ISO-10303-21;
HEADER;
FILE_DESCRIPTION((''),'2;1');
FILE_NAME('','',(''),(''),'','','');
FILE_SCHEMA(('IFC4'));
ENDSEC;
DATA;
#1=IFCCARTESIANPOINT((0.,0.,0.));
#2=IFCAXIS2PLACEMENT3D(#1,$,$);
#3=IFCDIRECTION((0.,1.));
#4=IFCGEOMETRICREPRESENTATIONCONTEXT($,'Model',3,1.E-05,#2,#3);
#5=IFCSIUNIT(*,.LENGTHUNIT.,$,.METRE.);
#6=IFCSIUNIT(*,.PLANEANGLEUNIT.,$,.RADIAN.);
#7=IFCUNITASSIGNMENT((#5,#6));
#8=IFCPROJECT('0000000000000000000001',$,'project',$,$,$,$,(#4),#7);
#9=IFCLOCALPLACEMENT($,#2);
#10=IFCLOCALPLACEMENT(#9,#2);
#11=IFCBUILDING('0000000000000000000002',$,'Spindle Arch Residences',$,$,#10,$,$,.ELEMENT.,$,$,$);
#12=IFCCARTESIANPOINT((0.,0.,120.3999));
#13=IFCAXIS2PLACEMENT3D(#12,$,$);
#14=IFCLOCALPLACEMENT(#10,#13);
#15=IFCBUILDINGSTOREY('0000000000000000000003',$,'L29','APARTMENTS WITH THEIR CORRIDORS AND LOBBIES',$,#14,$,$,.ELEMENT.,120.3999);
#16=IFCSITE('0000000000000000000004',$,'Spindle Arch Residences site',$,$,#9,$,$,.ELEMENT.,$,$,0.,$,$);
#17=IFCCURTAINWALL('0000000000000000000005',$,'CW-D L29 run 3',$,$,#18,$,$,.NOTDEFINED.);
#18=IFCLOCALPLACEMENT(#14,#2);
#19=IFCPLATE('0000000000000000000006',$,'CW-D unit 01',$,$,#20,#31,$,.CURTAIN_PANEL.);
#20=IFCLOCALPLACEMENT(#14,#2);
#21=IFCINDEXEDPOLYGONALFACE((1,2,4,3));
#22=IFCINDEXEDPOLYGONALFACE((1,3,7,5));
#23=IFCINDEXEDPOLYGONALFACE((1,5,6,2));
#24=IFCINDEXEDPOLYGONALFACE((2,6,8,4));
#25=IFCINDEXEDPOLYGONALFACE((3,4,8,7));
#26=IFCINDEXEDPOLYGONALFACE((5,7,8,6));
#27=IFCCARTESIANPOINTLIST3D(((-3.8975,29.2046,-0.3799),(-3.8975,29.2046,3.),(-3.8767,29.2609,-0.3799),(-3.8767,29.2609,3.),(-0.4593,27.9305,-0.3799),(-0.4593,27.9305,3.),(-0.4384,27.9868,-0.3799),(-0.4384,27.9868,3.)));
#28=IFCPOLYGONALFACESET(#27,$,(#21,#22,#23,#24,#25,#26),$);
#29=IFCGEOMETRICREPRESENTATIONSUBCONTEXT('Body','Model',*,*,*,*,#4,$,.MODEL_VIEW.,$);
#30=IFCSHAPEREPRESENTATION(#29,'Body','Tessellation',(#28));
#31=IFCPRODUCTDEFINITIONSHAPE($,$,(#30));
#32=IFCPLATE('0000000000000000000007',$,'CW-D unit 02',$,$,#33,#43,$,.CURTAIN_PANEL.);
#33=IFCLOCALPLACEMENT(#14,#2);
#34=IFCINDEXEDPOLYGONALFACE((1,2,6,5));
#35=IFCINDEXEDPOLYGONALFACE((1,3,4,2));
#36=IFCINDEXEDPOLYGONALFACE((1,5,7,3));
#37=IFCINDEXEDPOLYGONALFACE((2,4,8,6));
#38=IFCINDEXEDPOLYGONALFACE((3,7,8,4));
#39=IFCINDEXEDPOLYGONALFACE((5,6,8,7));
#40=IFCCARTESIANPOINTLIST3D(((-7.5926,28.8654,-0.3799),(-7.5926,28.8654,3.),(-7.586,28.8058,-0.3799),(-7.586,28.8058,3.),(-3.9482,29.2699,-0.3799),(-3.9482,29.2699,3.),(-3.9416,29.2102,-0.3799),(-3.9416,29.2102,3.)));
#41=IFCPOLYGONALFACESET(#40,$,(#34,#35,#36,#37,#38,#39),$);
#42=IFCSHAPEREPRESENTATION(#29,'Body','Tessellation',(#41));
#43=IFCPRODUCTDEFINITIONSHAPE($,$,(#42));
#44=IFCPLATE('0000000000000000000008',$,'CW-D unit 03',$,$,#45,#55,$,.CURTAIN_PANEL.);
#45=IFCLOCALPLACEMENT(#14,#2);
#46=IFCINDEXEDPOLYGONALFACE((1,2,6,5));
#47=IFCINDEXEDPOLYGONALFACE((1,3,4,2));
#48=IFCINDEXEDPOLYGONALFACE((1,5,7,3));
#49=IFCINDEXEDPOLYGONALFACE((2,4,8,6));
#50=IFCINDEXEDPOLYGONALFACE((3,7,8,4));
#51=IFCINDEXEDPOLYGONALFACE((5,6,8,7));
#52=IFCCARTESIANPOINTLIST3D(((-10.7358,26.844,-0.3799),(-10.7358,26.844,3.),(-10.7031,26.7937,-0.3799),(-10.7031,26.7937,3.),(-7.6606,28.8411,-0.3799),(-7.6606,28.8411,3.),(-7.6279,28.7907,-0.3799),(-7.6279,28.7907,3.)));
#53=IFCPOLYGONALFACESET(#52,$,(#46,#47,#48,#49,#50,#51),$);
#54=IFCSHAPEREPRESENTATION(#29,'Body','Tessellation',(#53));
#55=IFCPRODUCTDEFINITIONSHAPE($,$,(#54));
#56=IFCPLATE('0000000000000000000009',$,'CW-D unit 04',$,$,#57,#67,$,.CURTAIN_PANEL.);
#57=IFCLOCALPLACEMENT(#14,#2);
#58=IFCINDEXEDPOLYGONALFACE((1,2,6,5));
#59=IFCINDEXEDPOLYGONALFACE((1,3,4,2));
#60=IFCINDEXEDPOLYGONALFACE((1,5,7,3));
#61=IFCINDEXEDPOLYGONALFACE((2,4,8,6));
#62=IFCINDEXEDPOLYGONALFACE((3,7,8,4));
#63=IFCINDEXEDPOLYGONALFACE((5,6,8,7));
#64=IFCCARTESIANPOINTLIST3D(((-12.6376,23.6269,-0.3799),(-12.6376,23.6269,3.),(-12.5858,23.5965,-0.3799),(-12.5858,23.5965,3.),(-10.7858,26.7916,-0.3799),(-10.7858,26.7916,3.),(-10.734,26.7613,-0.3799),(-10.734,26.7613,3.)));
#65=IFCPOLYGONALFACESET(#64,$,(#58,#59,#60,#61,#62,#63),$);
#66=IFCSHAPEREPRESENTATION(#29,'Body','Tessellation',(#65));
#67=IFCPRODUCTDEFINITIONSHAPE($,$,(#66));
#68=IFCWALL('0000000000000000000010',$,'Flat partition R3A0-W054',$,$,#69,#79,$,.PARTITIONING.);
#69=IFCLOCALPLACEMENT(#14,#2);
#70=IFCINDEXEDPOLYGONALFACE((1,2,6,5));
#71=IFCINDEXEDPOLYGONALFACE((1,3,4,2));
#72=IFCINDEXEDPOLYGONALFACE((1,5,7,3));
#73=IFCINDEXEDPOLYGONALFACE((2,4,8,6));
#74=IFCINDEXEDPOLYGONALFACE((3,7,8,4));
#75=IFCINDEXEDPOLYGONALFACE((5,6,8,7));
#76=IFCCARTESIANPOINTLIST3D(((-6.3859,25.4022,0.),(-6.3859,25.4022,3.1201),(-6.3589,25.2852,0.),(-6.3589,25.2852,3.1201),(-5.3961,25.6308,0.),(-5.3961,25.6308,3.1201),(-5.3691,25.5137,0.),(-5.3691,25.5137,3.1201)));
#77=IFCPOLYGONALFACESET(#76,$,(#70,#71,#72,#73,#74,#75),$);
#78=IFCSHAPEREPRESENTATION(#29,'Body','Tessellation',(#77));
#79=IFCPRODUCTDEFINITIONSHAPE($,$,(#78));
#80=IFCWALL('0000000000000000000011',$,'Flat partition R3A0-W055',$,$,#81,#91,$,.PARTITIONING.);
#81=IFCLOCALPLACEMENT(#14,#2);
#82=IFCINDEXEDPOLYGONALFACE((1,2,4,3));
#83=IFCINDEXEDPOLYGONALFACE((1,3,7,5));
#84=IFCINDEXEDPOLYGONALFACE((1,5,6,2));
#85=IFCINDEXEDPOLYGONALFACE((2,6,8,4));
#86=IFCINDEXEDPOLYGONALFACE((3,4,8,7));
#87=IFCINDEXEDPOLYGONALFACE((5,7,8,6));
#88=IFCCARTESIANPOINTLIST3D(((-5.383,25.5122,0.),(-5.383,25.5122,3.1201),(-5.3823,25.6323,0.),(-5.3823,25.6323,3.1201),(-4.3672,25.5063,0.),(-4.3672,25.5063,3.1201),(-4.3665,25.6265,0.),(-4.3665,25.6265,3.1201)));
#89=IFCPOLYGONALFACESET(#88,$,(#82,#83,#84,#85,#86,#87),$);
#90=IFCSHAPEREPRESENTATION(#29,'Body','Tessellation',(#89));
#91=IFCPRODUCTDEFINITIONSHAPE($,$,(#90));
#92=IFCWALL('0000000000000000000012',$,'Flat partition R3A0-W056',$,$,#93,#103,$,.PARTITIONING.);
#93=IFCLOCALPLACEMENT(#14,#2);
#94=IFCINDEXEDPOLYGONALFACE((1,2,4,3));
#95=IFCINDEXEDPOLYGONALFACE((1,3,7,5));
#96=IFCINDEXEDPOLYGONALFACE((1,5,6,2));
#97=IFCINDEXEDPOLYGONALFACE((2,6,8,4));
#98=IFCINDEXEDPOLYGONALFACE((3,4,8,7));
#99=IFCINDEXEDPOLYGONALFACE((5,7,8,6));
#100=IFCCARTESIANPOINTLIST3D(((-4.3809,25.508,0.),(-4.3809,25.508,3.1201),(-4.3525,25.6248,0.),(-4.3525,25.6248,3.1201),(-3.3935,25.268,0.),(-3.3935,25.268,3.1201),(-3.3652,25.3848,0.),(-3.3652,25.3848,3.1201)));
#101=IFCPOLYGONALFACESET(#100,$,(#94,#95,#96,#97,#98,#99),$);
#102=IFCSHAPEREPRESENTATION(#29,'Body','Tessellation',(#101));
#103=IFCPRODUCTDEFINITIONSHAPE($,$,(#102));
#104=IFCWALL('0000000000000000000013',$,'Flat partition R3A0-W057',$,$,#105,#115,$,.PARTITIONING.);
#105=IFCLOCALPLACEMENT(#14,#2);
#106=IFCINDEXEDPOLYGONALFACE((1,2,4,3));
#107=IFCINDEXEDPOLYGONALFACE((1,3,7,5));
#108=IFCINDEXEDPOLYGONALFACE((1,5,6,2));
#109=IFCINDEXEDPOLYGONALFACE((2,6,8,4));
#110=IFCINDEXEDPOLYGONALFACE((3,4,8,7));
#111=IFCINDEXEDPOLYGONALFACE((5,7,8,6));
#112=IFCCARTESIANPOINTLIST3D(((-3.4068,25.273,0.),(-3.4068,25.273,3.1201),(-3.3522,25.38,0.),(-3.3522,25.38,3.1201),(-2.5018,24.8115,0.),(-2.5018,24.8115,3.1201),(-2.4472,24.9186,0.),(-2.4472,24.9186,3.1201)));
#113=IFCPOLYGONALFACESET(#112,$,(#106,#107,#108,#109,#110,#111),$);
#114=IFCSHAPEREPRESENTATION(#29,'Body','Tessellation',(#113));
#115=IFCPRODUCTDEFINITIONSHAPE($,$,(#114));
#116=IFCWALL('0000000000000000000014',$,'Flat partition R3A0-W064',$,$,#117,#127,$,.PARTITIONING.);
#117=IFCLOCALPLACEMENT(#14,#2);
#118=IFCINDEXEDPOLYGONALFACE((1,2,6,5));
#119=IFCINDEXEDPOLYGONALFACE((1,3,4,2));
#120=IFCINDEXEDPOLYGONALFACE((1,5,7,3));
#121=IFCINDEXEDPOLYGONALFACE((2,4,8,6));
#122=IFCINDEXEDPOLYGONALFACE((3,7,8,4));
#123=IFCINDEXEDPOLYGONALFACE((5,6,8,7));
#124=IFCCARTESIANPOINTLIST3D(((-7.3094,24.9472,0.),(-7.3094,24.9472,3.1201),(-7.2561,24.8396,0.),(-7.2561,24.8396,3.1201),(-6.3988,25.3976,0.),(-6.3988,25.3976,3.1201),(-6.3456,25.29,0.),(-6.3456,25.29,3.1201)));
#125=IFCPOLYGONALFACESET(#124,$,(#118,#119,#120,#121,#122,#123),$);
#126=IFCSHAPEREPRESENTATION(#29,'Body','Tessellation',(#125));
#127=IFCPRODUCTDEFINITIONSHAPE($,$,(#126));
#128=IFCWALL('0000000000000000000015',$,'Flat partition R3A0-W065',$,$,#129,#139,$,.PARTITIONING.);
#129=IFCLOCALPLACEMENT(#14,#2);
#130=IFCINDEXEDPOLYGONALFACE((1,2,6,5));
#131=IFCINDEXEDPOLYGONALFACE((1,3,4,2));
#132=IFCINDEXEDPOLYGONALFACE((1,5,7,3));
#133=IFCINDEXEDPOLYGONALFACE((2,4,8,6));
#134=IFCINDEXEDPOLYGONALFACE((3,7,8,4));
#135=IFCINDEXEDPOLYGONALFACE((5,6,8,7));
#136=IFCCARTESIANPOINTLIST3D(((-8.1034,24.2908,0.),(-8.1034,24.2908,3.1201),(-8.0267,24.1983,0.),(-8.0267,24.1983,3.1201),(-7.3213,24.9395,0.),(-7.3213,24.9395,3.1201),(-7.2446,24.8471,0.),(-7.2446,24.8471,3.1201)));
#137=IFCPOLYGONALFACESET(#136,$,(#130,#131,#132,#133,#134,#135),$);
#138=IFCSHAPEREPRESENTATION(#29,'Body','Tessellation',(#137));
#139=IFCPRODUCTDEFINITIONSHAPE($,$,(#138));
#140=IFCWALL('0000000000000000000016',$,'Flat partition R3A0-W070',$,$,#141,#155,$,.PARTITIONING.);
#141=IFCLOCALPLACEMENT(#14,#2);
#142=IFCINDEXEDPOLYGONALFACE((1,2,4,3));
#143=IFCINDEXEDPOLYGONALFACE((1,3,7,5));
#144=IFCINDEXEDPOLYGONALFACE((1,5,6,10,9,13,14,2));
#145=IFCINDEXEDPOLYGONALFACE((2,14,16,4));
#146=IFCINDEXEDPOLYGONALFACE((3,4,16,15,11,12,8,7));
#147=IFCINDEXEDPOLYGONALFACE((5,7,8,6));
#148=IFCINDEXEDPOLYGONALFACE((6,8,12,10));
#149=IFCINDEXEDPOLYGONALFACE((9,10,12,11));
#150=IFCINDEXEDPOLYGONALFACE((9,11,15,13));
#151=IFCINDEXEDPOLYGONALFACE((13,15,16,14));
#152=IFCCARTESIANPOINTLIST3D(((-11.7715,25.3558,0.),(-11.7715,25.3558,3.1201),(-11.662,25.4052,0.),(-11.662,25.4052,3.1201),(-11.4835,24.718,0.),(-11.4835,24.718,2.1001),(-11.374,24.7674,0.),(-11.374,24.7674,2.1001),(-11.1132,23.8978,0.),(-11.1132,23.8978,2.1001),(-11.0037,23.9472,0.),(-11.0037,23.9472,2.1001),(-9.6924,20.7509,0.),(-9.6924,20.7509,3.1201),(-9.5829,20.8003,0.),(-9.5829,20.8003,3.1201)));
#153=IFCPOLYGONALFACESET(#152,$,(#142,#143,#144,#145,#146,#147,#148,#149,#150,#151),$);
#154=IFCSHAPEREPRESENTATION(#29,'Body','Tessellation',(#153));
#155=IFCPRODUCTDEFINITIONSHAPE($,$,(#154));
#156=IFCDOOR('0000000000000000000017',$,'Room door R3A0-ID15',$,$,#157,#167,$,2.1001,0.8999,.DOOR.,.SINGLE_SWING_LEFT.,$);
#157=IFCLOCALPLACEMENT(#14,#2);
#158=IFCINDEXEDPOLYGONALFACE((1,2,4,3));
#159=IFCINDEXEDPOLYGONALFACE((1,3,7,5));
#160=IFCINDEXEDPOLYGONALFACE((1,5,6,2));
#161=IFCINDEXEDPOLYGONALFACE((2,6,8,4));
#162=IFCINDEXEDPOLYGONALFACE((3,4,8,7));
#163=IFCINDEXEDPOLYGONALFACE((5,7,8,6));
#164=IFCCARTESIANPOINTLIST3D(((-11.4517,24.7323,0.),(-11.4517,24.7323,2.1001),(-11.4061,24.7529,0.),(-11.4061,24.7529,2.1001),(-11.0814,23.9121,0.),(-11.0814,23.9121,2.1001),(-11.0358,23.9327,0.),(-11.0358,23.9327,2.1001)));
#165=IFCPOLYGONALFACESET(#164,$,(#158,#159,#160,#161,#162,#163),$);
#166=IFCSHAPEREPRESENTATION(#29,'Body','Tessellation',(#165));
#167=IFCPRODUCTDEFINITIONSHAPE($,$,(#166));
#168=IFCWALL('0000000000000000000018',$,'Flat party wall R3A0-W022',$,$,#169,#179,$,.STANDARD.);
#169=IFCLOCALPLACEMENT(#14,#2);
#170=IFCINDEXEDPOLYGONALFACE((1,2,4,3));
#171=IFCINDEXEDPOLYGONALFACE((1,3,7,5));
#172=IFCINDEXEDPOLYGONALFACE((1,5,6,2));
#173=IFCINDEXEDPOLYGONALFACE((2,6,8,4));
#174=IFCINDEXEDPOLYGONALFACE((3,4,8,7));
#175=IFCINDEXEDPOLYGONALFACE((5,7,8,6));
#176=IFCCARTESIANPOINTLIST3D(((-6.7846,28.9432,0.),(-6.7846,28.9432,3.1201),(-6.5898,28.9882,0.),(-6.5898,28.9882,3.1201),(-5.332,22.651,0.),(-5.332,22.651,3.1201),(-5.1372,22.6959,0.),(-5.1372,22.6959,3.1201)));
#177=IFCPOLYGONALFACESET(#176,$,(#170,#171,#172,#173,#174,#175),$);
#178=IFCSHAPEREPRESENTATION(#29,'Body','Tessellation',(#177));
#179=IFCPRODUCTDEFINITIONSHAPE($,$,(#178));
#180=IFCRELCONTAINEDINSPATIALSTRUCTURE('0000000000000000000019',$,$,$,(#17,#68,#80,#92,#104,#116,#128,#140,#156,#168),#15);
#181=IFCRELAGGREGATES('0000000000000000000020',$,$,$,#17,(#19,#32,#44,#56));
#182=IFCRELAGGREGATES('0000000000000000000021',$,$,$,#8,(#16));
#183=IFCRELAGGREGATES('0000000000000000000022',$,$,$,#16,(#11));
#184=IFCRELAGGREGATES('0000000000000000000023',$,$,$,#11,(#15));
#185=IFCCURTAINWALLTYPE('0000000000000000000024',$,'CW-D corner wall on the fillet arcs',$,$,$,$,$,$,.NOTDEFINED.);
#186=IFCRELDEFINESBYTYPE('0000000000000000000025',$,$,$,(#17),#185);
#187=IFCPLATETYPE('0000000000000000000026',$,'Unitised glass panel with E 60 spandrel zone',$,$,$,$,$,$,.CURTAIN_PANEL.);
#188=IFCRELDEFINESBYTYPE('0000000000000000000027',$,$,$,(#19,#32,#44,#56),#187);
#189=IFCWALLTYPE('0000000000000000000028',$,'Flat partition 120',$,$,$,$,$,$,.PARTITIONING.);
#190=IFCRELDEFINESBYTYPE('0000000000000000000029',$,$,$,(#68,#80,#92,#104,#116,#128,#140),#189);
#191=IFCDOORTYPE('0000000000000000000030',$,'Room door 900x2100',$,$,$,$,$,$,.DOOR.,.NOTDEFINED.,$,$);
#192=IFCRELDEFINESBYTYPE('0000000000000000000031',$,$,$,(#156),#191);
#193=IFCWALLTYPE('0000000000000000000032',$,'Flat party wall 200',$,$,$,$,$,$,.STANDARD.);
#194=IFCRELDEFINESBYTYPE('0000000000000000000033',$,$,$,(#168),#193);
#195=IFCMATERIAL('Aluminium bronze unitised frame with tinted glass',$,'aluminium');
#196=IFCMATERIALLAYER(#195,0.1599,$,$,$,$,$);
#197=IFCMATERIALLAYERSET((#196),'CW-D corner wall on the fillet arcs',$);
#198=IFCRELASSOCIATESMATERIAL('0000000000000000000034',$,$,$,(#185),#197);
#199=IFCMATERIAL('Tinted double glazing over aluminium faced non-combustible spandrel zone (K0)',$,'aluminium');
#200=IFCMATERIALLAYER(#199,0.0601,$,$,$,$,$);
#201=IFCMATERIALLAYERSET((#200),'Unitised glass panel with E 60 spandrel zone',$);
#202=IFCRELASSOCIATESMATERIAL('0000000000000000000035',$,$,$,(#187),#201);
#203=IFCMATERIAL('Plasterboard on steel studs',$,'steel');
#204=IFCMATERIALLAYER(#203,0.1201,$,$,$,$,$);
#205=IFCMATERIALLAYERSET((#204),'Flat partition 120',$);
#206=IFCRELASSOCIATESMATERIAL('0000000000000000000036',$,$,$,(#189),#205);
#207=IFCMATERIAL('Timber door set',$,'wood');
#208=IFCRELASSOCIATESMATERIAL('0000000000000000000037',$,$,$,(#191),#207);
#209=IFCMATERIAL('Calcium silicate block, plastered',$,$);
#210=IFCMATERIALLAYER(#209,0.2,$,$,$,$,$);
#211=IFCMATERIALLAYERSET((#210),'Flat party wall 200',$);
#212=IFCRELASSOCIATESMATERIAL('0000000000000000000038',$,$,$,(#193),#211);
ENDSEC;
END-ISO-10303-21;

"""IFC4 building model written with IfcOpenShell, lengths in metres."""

from ifc_helpers import new_model, si_unit, direction, frame, frame_2d, origin, origin_2d, place, context, subcontext, project, spatial, rectangle, extrude, material, layer, layer_set, type_object, element, fill, aggregate, save


model = new_model("IFC4")

# Units and contexts
model_context = context("Model", 3, precision=1e-05, world=origin(), true_north=direction((0.0, 1.0)))
body_context = subcontext(model_context, "Body", "Model", "MODEL_VIEW")
ifc_project = project(units=[si_unit("LENGTHUNIT", "METRE"), si_unit("PLANEANGLEUNIT", "RADIAN")], contexts=[model_context])

# Site, building, storey
site_placement = place(None, origin())
site = spatial("IfcSite", under=ifc_project, at=site_placement, Name="Spindle Arch Residences site", CompositionType="ELEMENT", RefElevation=0.0)
building_placement = place(site_placement, origin())
building = spatial("IfcBuilding", under=site, at=building_placement, Name="Spindle Arch Residences", CompositionType="ELEMENT")
storey_placement = place(building_placement, frame((0.0, 0.0, 120.3999)))
storey = spatial("IfcBuildingStorey", under=building, at=storey_placement, Name="L29", Description="APARTMENTS WITH THEIR CORRIDORS AND LOBBIES", CompositionType="ELEMENT", Elevation=120.3999)

# Curtain wall
ifc_material_1 = material(Name="Aluminium bronze unitised frame with tinted glass", Category="aluminium")
ifc_layer_1 = layer(ifc_material_1, 0.1599)
ifc_layer_set_1 = layer_set([ifc_layer_1], Name="CW-D corner wall on the fillet arcs")
curtain_wall_type = type_object("IfcCurtainWallType", Name="CW-D corner wall on the fillet arcs", PredefinedType="NOTDEFINED", material=ifc_layer_set_1)
curtain_wall_placement = place(storey_placement, origin())
curtain_wall = element("IfcCurtainWall", 1, at=curtain_wall_placement, inside=storey, type_object=curtain_wall_type, Name="CW-D L29 run 3", PredefinedType="NOTDEFINED")

# Plates
ifc_material_2 = material(Name="Tinted double glazing over aluminium faced non-combustible spandrel zone (K0)", Category="aluminium")
ifc_layer_2 = layer(ifc_material_2, 0.0601)
ifc_layer_set_2 = layer_set([ifc_layer_2], Name="Unitised glass panel with E 60 spandrel zone")
plate_type = type_object("IfcPlateType", Name="Unitised glass panel with E 60 spandrel zone", PredefinedType="CURTAIN_PANEL", material=ifc_layer_set_2)
plate_1_placement = place(storey_placement, frame((-2.168, 28.5957, -0.3799), z_axis=(0.0, 0.0, 1.0), x_axis=(-0.937687, 0.347481, 0.0)))
plate_1 = element("IfcPlate", 2, at=plate_1_placement, type_object=plate_type, Name="CW-D unit 01", PredefinedType="CURTAIN_PANEL", context=body_context, shape_type="SweptSolid", body=[
    extrude(rectangle(XDim=3.6667, YDim=0.0601, at=origin_2d()), origin(), (0.0, 0.0, 1.0), 3.3799),
])
plate_2_placement = place(storey_placement, frame((-5.7671, 29.0378, -0.3799), z_axis=(0.0, 0.0, 1.0), x_axis=(-0.993897, -0.110313, 0.0)))
plate_2 = element("IfcPlate", 3, at=plate_2_placement, type_object=plate_type, Name="CW-D unit 02", PredefinedType="CURTAIN_PANEL", context=body_context, shape_type="SweptSolid", body=[
    extrude(rectangle(XDim=3.6667, YDim=0.0601, at=origin_2d()), origin(), (0.0, 0.0, 1.0), 3.3799),
])
plate_3_placement = place(storey_placement, frame((-9.1819, 27.8174, -0.3799), z_axis=(0.0, 0.0, 1.0), x_axis=(-0.838671, -0.544639, 0.0)))
plate_3 = element("IfcPlate", 4, at=plate_3_placement, type_object=plate_type, Name="CW-D unit 03", PredefinedType="CURTAIN_PANEL", context=body_context, shape_type="SweptSolid", body=[
    extrude(rectangle(XDim=3.6667, YDim=0.0601, at=origin_2d()), origin(), (0.0, 0.0, 1.0), 3.3799),
])
plate_4_placement = place(storey_placement, frame((-11.6858, 25.1941, -0.3799), z_axis=(0.0, 0.0, 1.0), x_axis=(-0.50503, -0.863102, 0.0)))
plate_4 = element("IfcPlate", 5, at=plate_4_placement, type_object=plate_type, Name="CW-D unit 04", PredefinedType="CURTAIN_PANEL", context=body_context, shape_type="SweptSolid", body=[
    extrude(rectangle(XDim=3.6667, YDim=0.0601, at=origin_2d()), origin(), (0.0, 0.0, 1.0), 3.3799),
])
aggregate(curtain_wall, [plate_1, plate_2, plate_3, plate_4])

# Walls
ifc_material_3 = material(Name="Plasterboard on steel studs", Category="steel")
ifc_layer_3 = layer(ifc_material_3, 0.1201)
ifc_layer_set_3 = layer_set([ifc_layer_3], Name="Flat partition 120")
wall_type_1 = type_object("IfcWallType", Name="Flat partition 120", PredefinedType="PARTITIONING", material=ifc_layer_set_3)
for number, where, z_axis, x_axis, name in (
    (6, (-6.3723, 25.3438, 0.0), (0.0, 0.0, 1.0), (0.974367, 0.224965, 0.0), "Flat partition R3A0-W054"),
    (7, (-5.3826, 25.5723, 0.0), (0.0, 0.0, 1.0), (0.999983, -0.005768, 0.0), "Flat partition R3A0-W055"),
):
    element("IfcWall", number, at=place(storey_placement, frame(where, z_axis=z_axis, x_axis=x_axis)), inside=storey, type_object=wall_type_1, Name=name, PredefinedType="PARTITIONING", context=body_context, shape_type="SweptSolid", body=[
        extrude(rectangle(XDim=1.0159, YDim=0.1201, at=frame_2d((0.5078, 0.0))), origin(), (0.0, 0.0, 1.0), 3.1201),
    ])
wall_1_placement = place(storey_placement, frame((-4.3667, 25.5664, 0.0), z_axis=(0.0, 0.0, 1.0), x_axis=(0.971705, -0.236198, 0.0)))
element("IfcWall", 8, at=wall_1_placement, inside=storey, type_object=wall_type_1, Name="Flat partition R3A0-W056", PredefinedType="PARTITIONING", context=body_context, shape_type="SweptSolid", body=[
    extrude(rectangle(XDim=1.0161, YDim=0.1201, at=frame_2d((0.5081, 0.0))), origin(), (0.0, 0.0, 1.0), 3.1201),
])
for number, where, z_axis, x_axis, name in (
    (9, (-3.3794, 25.3264, 0.0), (0.0, 0.0, 1.0), (0.890891, -0.454217, 0.0), "Flat partition R3A0-W057"),
    (10, (-6.3723, 25.3438, 0.0), (0.0, 0.0, 1.0), (-0.896341, -0.443365, 0.0), "Flat partition R3A0-W064"),
):
    element("IfcWall", number, at=place(storey_placement, frame(where, z_axis=z_axis, x_axis=x_axis)), inside=storey, type_object=wall_type_1, Name=name, PredefinedType="PARTITIONING", context=body_context, shape_type="SweptSolid", body=[
        extrude(rectangle(XDim=1.0159, YDim=0.1201, at=frame_2d((0.5078, 0.0))), origin(), (0.0, 0.0, 1.0), 3.1201),
    ])
wall_2_placement = place(storey_placement, frame((-7.283, 24.8933, 0.0), z_axis=(0.0, 0.0, 1.0), x_axis=(-0.769657, -0.638457, 0.0)))
element("IfcWall", 11, at=wall_2_placement, inside=storey, type_object=wall_type_1, Name="Flat partition R3A0-W065", PredefinedType="PARTITIONING", context=body_context, shape_type="SweptSolid", body=[
    extrude(rectangle(XDim=1.0161, YDim=0.1201, at=frame_2d((0.5081, 0.0))), origin(), (0.0, 0.0, 1.0), 3.1201),
])

# Wall, opening, door
wall_3_placement = place(storey_placement, frame((-11.7168, 25.3806, 0.0), z_axis=(0.0, 0.0, 1.0), x_axis=(0.411494, -0.911413, 0.0)))
wall_3 = element("IfcWall", 12, at=wall_3_placement, inside=storey, type_object=wall_type_1, Name="Flat partition R3A0-W070", PredefinedType="PARTITIONING", context=body_context, shape_type="SweptSolid", body=[
    extrude(rectangle(XDim=5.0525, YDim=0.1201, at=frame_2d((2.5264, 0.0))), origin(), (0.0, 0.0, 1.0), 3.1201),
])
opening_placement = place(wall_3_placement, frame((0.7, 0.0, 0.0)))
opening = element("IfcOpeningElement", 13, at=opening_placement, cuts=wall_3, PredefinedType="OPENING", context=body_context, shape_type="SweptSolid", body=[
    extrude(rectangle(XDim=0.8999, YDim=2.1001, at=frame_2d((0.45, 1.05))), frame((0.0, 0.0701, 0.0), z_axis=(0.0, -1.0, 0.0), x_axis=(1.0, 0.0, 0.0)), (0.0, 0.0, 1.0), 0.1401),
])
ifc_material_4 = material(Name="Timber door set", Category="wood")
door_type = type_object("IfcDoorType", Name="Room door 900x2100", OperationType="NOTDEFINED", PredefinedType="DOOR", material=ifc_material_4)
door_placement = place(opening_placement, origin())
door = element("IfcDoor", 14, at=door_placement, inside=storey, type_object=door_type, Name="Room door R3A0-ID15", OperationType="SINGLE_SWING_LEFT", OverallHeight=2.1001, OverallWidth=0.8999, PredefinedType="DOOR", context=body_context, shape_type="SweptSolid", body=[
    extrude(rectangle(XDim=0.8999, YDim=2.1001, at=frame_2d((0.45, 1.05))), frame((0.0, 0.0249, 0.0), z_axis=(0.0, -1.0, 0.0), x_axis=(1.0, 0.0, 0.0)), (0.0, 0.0, 1.0), 0.05),
])
fill(opening, door)

# Wall
ifc_material_5 = material(Name="Calcium silicate block, plastered")
ifc_layer_4 = layer(ifc_material_5, 0.2)
ifc_layer_set_4 = layer_set([ifc_layer_4], Name="Flat party wall 200")
wall_type_2 = type_object("IfcWallType", Name="Flat party wall 200", PredefinedType="STANDARD", material=ifc_layer_set_4)
wall_4_placement = place(storey_placement, frame((-6.6873, 28.9658, 0.0), z_axis=(0.0, 0.0, 1.0), x_axis=(0.224945, -0.974371, 0.0)))
element("IfcWall", 15, at=wall_4_placement, inside=storey, type_object=wall_type_2, Name="Flat party wall R3A0-W022", PredefinedType="STANDARD", context=body_context, shape_type="SweptSolid", body=[
    extrude(rectangle(XDim=6.4578, YDim=0.2, at=frame_2d((3.229, 0.0))), origin(), (0.0, 0.0, 1.0), 3.1201),
])

save(model, "model.ifc")
